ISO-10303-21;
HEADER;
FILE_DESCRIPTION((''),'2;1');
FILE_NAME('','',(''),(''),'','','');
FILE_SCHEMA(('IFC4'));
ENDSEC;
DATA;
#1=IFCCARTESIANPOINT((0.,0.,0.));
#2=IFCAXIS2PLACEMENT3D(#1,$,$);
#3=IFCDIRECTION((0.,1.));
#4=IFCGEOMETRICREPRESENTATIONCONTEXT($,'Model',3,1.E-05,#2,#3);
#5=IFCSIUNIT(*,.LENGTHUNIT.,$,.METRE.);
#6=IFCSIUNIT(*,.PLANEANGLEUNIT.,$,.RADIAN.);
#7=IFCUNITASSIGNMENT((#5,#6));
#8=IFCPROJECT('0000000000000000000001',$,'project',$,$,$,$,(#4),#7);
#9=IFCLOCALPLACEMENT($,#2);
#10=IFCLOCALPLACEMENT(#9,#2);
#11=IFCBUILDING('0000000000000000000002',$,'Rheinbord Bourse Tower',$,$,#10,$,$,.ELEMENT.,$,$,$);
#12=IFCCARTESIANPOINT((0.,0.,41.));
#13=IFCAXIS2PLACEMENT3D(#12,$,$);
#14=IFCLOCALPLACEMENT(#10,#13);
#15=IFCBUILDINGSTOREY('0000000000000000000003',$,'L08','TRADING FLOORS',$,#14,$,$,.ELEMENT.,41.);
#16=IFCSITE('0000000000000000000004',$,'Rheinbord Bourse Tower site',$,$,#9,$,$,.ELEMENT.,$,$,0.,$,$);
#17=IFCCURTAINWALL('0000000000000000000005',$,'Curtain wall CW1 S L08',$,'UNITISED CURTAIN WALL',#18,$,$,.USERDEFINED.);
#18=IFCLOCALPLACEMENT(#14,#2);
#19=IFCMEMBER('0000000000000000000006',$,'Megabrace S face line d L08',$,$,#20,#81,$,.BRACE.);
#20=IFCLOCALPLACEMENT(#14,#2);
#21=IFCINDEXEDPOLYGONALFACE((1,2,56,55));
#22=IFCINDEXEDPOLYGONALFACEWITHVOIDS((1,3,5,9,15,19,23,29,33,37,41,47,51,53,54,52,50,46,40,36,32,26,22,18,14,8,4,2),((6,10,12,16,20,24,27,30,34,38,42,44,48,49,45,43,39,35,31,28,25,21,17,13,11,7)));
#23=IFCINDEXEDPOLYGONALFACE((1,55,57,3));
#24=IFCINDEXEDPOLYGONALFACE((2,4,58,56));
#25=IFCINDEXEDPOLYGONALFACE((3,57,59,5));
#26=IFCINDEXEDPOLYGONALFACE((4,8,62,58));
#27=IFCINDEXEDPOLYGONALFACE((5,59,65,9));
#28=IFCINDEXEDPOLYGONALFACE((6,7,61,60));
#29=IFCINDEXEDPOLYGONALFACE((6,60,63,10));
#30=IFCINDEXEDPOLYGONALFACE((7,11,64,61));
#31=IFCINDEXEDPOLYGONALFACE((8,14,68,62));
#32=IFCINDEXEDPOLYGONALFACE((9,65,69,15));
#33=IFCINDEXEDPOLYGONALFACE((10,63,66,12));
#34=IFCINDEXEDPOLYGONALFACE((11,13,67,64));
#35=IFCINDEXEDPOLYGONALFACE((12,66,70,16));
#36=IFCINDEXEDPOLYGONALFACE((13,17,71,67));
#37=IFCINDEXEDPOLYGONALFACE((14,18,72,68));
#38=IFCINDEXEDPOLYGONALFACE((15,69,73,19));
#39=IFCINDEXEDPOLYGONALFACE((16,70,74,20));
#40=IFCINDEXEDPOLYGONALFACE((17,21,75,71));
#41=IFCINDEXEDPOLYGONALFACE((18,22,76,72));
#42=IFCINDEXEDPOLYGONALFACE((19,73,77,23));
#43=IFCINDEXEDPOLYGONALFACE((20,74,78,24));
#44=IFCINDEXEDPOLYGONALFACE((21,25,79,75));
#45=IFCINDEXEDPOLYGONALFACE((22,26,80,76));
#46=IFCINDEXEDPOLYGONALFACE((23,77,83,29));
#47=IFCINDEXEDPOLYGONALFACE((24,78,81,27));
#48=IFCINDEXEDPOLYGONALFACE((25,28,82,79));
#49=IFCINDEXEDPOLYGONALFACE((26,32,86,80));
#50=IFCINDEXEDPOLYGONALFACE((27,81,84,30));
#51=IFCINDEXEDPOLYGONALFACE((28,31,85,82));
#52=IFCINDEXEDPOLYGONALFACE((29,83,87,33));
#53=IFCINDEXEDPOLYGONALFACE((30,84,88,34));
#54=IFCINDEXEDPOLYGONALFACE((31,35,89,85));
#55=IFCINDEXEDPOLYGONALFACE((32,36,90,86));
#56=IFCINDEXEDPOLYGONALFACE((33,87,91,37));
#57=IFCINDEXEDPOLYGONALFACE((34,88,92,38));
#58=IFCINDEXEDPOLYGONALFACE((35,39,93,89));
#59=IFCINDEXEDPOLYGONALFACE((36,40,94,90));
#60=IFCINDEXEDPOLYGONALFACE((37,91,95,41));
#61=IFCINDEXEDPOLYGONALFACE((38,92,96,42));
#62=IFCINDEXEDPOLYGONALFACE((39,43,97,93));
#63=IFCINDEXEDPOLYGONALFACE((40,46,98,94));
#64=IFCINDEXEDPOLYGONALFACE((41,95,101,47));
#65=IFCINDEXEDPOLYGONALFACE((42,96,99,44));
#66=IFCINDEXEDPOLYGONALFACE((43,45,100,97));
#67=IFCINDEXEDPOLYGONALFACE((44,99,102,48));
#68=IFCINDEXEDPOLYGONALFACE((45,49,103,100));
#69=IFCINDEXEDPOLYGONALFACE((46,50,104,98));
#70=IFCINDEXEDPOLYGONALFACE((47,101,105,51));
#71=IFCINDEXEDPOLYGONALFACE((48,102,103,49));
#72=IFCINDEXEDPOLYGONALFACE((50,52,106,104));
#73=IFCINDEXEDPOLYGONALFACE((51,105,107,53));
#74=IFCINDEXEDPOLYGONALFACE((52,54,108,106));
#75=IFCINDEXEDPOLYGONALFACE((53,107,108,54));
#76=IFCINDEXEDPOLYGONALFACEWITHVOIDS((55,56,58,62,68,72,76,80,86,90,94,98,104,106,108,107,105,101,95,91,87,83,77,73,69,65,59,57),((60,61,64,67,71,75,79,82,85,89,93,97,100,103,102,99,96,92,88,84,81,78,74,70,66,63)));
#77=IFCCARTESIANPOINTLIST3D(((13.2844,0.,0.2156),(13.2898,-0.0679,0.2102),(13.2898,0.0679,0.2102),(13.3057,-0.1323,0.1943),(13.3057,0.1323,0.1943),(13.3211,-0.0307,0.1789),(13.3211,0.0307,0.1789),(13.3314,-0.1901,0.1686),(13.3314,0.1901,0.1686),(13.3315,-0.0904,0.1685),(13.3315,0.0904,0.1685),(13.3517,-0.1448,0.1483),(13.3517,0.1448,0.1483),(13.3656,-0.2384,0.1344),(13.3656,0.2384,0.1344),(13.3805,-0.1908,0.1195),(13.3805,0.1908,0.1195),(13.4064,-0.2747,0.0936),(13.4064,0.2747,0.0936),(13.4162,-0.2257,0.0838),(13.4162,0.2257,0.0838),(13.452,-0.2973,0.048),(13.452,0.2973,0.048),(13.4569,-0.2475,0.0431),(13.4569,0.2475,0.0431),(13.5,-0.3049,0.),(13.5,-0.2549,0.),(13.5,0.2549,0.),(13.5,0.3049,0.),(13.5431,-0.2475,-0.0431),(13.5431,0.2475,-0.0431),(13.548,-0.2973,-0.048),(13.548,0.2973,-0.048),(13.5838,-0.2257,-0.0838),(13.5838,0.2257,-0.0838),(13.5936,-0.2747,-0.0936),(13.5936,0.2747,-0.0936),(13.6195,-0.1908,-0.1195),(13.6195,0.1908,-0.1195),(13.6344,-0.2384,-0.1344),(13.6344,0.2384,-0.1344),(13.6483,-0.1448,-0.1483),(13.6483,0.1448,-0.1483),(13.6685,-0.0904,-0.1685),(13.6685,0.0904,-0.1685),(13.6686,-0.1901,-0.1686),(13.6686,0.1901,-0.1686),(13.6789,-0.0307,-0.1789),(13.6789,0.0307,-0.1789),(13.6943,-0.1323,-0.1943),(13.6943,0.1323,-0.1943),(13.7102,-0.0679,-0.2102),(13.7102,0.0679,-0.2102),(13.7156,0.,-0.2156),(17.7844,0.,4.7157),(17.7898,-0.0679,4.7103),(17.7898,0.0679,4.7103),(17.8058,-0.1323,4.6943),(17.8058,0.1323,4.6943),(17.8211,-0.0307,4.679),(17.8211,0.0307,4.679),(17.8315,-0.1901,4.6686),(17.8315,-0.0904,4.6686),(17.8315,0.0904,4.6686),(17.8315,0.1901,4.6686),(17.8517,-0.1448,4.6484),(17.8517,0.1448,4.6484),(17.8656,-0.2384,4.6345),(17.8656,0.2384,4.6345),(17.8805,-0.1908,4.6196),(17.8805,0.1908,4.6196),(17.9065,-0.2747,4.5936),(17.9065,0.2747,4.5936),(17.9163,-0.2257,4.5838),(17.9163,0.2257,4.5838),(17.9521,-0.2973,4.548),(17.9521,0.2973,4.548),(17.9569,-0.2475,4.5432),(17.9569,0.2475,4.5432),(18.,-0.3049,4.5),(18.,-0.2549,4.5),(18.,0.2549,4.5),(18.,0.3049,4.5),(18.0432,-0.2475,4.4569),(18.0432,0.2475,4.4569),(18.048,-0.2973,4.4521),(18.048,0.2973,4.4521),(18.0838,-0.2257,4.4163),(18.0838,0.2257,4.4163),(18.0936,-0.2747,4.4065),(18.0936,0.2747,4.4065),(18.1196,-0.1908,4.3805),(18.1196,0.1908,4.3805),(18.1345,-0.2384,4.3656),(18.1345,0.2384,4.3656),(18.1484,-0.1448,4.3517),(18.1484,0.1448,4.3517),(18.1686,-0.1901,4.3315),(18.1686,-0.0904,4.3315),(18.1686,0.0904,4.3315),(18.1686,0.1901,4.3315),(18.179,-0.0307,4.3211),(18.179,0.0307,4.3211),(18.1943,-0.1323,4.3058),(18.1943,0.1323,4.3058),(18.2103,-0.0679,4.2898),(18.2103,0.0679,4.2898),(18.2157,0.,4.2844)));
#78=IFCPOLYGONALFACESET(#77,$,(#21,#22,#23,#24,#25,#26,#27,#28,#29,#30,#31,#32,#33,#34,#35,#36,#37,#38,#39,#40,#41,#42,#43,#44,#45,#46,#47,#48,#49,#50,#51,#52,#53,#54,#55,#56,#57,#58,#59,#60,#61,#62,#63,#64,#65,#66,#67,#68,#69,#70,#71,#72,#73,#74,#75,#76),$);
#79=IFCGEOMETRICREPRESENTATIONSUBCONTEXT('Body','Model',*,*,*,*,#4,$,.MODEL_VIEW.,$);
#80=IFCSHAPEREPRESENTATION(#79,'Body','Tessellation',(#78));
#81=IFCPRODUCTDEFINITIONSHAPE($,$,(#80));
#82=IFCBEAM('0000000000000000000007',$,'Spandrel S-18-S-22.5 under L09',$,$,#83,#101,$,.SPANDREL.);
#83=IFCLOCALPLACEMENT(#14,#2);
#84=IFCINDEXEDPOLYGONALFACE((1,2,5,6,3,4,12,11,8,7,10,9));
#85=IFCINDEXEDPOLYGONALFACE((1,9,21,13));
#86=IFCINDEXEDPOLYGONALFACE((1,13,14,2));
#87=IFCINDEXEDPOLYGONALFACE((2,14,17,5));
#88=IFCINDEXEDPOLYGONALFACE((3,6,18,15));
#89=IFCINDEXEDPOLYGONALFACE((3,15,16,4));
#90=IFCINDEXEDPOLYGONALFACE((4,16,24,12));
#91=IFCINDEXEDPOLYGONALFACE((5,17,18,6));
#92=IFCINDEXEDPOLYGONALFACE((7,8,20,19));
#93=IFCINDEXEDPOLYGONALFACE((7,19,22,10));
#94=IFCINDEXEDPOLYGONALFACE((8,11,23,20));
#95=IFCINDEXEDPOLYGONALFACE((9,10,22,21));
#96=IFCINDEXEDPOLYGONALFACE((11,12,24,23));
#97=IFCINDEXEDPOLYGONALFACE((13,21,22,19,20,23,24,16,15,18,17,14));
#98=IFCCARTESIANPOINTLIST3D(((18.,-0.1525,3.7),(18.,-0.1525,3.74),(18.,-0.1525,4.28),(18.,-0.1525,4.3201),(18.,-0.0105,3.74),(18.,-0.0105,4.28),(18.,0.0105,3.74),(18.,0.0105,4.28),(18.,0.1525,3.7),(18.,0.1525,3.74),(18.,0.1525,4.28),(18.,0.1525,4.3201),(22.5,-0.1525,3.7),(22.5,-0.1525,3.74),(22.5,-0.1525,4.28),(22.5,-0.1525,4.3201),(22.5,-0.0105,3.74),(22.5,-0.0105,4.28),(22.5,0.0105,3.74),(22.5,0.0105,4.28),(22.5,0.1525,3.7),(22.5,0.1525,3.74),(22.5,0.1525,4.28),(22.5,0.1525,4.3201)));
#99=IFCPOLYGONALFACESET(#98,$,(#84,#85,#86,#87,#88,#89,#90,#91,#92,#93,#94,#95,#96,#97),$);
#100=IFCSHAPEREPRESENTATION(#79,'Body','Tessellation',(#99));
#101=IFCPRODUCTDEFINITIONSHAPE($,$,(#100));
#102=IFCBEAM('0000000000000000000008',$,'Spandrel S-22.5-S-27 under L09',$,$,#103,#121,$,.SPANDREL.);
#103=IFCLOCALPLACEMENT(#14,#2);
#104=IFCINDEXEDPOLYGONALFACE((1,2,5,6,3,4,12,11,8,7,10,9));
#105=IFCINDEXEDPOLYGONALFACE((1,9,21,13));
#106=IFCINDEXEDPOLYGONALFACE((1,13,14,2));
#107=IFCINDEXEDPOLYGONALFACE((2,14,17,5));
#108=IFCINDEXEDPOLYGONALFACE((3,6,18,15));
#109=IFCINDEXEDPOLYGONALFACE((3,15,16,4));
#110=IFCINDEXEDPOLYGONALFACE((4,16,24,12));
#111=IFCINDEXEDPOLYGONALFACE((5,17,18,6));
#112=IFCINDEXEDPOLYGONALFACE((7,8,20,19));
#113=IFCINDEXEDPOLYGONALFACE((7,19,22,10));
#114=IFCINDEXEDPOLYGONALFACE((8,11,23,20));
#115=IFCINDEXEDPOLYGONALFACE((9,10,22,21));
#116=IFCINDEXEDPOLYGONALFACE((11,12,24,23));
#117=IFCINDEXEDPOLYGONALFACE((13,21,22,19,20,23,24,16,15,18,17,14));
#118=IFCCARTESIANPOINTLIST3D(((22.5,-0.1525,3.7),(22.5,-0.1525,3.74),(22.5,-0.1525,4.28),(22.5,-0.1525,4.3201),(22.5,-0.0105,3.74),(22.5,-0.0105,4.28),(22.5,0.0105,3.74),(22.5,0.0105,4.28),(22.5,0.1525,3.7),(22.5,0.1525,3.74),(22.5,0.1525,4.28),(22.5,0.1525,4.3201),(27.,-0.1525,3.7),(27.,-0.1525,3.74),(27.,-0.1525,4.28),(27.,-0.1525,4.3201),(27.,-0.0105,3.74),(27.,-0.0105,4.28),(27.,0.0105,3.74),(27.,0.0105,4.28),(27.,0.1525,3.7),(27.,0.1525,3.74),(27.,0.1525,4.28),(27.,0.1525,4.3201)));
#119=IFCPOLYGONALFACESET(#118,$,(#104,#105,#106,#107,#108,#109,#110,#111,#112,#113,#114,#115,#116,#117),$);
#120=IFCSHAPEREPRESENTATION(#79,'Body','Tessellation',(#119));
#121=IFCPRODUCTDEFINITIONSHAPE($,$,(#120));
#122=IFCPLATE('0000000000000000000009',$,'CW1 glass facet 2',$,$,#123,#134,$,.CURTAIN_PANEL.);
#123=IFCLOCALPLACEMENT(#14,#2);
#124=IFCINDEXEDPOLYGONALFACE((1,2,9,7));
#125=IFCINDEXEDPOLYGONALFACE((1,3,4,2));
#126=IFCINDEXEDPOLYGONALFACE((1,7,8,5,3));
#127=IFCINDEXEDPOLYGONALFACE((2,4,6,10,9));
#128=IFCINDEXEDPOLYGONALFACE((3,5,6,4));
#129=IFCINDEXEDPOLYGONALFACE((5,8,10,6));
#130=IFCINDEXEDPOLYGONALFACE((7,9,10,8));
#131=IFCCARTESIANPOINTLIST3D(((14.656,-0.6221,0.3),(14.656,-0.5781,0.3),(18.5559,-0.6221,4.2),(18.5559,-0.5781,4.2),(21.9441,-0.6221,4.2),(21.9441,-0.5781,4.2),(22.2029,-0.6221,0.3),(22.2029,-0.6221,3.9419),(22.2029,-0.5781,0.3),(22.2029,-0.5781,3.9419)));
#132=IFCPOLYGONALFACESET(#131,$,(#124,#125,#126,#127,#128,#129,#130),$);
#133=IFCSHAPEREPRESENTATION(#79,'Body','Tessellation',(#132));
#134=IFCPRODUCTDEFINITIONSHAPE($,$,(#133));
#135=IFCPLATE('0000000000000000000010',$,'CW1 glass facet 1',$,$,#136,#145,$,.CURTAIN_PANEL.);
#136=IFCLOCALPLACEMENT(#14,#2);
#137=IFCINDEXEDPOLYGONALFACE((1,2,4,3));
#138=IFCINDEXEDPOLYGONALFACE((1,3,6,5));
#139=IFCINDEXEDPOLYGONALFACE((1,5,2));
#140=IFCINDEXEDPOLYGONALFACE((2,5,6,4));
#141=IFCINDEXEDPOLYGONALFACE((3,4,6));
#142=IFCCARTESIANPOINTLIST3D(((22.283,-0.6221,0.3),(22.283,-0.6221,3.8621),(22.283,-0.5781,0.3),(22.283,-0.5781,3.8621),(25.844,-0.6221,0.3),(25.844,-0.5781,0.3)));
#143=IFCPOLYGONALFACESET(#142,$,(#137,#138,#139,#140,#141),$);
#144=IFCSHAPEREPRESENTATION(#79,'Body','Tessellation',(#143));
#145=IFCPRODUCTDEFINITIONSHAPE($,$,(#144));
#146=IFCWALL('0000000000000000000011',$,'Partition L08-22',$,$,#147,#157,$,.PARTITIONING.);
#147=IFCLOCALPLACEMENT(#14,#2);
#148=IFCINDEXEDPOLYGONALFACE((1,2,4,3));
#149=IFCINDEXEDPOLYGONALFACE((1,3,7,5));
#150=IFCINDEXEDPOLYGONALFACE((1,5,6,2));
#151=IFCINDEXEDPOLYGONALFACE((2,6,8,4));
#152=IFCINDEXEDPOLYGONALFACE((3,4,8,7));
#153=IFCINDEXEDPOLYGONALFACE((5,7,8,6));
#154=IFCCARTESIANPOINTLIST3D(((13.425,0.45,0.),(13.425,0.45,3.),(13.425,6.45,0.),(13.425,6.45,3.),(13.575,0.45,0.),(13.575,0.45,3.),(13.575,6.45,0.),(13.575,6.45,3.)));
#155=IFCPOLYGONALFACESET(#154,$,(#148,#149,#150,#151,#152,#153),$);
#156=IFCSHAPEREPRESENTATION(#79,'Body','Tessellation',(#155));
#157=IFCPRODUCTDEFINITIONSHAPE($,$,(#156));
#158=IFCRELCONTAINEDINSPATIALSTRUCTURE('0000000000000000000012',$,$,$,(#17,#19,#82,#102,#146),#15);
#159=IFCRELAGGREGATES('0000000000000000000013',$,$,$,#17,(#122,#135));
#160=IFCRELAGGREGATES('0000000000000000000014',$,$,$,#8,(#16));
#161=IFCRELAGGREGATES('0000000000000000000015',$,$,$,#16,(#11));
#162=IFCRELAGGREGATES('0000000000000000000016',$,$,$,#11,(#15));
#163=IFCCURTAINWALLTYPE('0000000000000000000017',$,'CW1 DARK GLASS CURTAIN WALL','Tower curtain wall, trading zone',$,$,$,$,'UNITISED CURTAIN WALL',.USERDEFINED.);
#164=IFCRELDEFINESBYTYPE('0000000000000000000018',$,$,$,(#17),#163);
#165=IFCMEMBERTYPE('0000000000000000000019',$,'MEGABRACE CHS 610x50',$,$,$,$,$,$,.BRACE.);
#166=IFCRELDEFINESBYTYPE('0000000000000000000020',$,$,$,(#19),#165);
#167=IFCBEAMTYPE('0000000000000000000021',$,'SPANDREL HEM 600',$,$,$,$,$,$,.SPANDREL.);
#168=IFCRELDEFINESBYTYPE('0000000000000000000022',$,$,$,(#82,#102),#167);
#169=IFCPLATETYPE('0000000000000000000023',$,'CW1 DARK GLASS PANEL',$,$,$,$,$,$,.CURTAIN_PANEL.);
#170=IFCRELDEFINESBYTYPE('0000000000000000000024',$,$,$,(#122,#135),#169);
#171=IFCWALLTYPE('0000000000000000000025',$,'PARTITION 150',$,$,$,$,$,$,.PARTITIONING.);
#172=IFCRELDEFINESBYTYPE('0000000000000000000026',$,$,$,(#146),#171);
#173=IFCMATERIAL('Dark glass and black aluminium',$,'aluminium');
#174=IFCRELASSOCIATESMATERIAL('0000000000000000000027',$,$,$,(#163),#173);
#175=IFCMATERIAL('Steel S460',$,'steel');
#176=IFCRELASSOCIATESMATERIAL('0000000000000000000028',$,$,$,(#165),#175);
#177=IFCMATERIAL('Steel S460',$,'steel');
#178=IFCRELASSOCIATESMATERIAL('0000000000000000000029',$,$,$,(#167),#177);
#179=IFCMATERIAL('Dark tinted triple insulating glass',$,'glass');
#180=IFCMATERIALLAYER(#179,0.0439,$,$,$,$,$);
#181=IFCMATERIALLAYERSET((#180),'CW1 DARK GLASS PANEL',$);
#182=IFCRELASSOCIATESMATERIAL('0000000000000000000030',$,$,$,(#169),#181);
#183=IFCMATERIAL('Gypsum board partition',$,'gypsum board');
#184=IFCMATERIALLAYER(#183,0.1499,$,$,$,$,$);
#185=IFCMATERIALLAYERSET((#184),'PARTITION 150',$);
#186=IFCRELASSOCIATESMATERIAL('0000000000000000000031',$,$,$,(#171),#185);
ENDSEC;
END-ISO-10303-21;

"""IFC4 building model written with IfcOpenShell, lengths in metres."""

from ifc_helpers import new_model, si_unit, direction, frame, frame_2d, origin, origin_2d, place, context, subcontext, project, spatial, polyline, rectangle, hollow_circle, i_section, outline, extrude, material, layer, layer_set, material_profile, profile_set, type_object, element, aggregate, save


model = new_model("IFC4")

# Units and contexts
model_context = context("Model", 3, precision=1e-05, world=origin(), true_north=direction((0.0, 1.0)))
body_context = subcontext(model_context, "Body", "Model", "MODEL_VIEW")
ifc_project = project(units=[si_unit("LENGTHUNIT", "METRE"), si_unit("PLANEANGLEUNIT", "RADIAN")], contexts=[model_context])

# Site, building, storey
site_placement = place(None, origin())
site = spatial("IfcSite", under=ifc_project, at=site_placement, Name="Rheinbord Bourse Tower site", CompositionType="ELEMENT", RefElevation=0.0)
building_placement = place(site_placement, origin())
building = spatial("IfcBuilding", under=site, at=building_placement, Name="Rheinbord Bourse Tower", CompositionType="ELEMENT")
storey_placement = place(building_placement, frame((0.0, 0.0, 41.0)))
storey = spatial("IfcBuildingStorey", under=building, at=storey_placement, Name="L08", Description="TRADING FLOORS", CompositionType="ELEMENT", Elevation=41.0)

# Curtain wall
ifc_material_1 = material(Name="Dark glass and black aluminium", Category="aluminium")
curtain_wall_type = type_object("IfcCurtainWallType", Name="CW1 DARK GLASS CURTAIN WALL", Description="Tower curtain wall, trading zone", ElementType="UNITISED CURTAIN WALL", PredefinedType="USERDEFINED", material=ifc_material_1)
curtain_wall_placement = place(storey_placement, origin())
curtain_wall = element("IfcCurtainWall", 1, at=curtain_wall_placement, inside=storey, type_object=curtain_wall_type, Name="Curtain wall CW1 S L08", ObjectType="UNITISED CURTAIN WALL", PredefinedType="USERDEFINED")

# Member
ifc_material_2 = material(Name="Steel S460", Category="steel")
ifc_material_profile_1 = material_profile(ifc_material_2, hollow_circle(Radius=0.3049, WallThickness=0.05, at=origin_2d()), Name="CHS 610x50")
ifc_profile_set_1 = profile_set([ifc_material_profile_1], Name="Steel S460")
member_type_1 = type_object("IfcMemberType", Name="MEGABRACE CHS 610x50", PredefinedType="BRACE", material=ifc_profile_set_1)
member_1_placement = place(storey_placement, frame((13.5, 0.0, 0.0), z_axis=(0.707107, 0.0, 0.707107), x_axis=(0.0, 1.0, 0.0)))
element("IfcMember", 2, at=member_1_placement, inside=storey, type_object=member_type_1, Name="Megabrace S face line d L08", PredefinedType="BRACE", context=body_context, shape_type="SweptSolid", body=[
    extrude(hollow_circle(Radius=0.3049, WallThickness=0.05, at=origin_2d()), origin(), (0.0, 0.0, 1.0), 6.364),
])

# Beams
ifc_material_3 = material(Name="Steel S460", Category="steel")
ifc_material_profile_2 = material_profile(ifc_material_3, i_section(OverallWidth=0.3049, OverallDepth=0.6201, WebThickness=0.021, FlangeThickness=0.04, at=origin_2d()), Name="HEM 600")
ifc_profile_set_2 = profile_set([ifc_material_profile_2], Name="Steel S460")
beam_type_1 = type_object("IfcBeamType", Name="SPANDREL HEM 600", PredefinedType="SPANDREL", material=ifc_profile_set_2)
for number, where, z_axis, x_axis, name in (
    (3, (18.0, 0.0, 4.01), (1.0, 0.0, 0.0), (0.0, 1.0, 0.0), "Spandrel S-18-S-22.5 under L09"),
    (4, (22.5, 0.0, 4.01), (1.0, 0.0, 0.0), (0.0, 1.0, 0.0), "Spandrel S-22.5-S-27 under L09"),
):
    element("IfcBeam", number, at=place(storey_placement, frame(where, z_axis=z_axis, x_axis=x_axis)), inside=storey, type_object=beam_type_1, Name=name, PredefinedType="SPANDREL", context=body_context, shape_type="SweptSolid", body=[
        extrude(i_section(OverallWidth=0.3049, OverallDepth=0.6201, WebThickness=0.021, FlangeThickness=0.04, at=origin_2d()), origin(), (0.0, 0.0, 1.0), 4.5),
    ])

# Plates
ifc_material_4 = material(Name="Dark tinted triple insulating glass", Category="glass")
ifc_layer_1 = layer(ifc_material_4, 0.0439)
ifc_layer_set_1 = layer_set([ifc_layer_1], Name="CW1 DARK GLASS PANEL")
plate_type = type_object("IfcPlateType", Name="CW1 DARK GLASS PANEL", PredefinedType="CURTAIN_PANEL", material=ifc_layer_set_1)
plate_1_placement = place(storey_placement, frame((22.2029, -0.6221, 0.3), z_axis=(0.0, 1.0, 0.0), x_axis=(-1.0, 0.0, 0.0)))
plate_1 = element("IfcPlate", 5, at=plate_1_placement, type_object=plate_type, Name="CW1 glass facet 2", PredefinedType="CURTAIN_PANEL", context=body_context, shape_type="SweptSolid", body=[
    extrude(outline(polyline([(0.0, 0.0), (7.5469, 0.0), (3.647, 3.8999), (0.2588, 3.8999), (0.0, 3.6418), (0.0, 0.0)])), origin(), (0.0, 0.0, 1.0), 0.0439),
])
plate_2_placement = place(storey_placement, frame((22.283, -0.6221, 0.3), z_axis=(0.0, 1.0, 0.0), x_axis=(0.0, 0.0, 1.0)))
plate_2 = element("IfcPlate", 6, at=plate_2_placement, type_object=plate_type, Name="CW1 glass facet 1", PredefinedType="CURTAIN_PANEL", context=body_context, shape_type="SweptSolid", body=[
    extrude(outline(polyline([(0.0, 0.0), (3.562, 0.0), (0.0, 3.561), (0.0, 0.0)])), origin(), (0.0, 0.0, 1.0), 0.0439),
])
aggregate(curtain_wall, [plate_1, plate_2])

# Wall
ifc_material_5 = material(Name="Gypsum board partition", Category="gypsum board")
ifc_layer_2 = layer(ifc_material_5, 0.1499)
ifc_layer_set_2 = layer_set([ifc_layer_2], Name="PARTITION 150")
wall_type = type_object("IfcWallType", Name="PARTITION 150", PredefinedType="PARTITIONING", material=ifc_layer_set_2)
wall_placement = place(storey_placement, frame((13.5, 0.45, 0.0), z_axis=(0.0, 0.0, 1.0), x_axis=(0.0, 1.0, 0.0)))
element("IfcWall", 7, at=wall_placement, inside=storey, type_object=wall_type, Name="Partition L08-22", PredefinedType="PARTITIONING", context=body_context, shape_type="SweptSolid", body=[
    extrude(rectangle(XDim=6.0, YDim=0.1499, at=frame_2d((3.0, 0.0))), origin(), (0.0, 0.0, 1.0), 3.0),
])

save(model, "model.ifc")
